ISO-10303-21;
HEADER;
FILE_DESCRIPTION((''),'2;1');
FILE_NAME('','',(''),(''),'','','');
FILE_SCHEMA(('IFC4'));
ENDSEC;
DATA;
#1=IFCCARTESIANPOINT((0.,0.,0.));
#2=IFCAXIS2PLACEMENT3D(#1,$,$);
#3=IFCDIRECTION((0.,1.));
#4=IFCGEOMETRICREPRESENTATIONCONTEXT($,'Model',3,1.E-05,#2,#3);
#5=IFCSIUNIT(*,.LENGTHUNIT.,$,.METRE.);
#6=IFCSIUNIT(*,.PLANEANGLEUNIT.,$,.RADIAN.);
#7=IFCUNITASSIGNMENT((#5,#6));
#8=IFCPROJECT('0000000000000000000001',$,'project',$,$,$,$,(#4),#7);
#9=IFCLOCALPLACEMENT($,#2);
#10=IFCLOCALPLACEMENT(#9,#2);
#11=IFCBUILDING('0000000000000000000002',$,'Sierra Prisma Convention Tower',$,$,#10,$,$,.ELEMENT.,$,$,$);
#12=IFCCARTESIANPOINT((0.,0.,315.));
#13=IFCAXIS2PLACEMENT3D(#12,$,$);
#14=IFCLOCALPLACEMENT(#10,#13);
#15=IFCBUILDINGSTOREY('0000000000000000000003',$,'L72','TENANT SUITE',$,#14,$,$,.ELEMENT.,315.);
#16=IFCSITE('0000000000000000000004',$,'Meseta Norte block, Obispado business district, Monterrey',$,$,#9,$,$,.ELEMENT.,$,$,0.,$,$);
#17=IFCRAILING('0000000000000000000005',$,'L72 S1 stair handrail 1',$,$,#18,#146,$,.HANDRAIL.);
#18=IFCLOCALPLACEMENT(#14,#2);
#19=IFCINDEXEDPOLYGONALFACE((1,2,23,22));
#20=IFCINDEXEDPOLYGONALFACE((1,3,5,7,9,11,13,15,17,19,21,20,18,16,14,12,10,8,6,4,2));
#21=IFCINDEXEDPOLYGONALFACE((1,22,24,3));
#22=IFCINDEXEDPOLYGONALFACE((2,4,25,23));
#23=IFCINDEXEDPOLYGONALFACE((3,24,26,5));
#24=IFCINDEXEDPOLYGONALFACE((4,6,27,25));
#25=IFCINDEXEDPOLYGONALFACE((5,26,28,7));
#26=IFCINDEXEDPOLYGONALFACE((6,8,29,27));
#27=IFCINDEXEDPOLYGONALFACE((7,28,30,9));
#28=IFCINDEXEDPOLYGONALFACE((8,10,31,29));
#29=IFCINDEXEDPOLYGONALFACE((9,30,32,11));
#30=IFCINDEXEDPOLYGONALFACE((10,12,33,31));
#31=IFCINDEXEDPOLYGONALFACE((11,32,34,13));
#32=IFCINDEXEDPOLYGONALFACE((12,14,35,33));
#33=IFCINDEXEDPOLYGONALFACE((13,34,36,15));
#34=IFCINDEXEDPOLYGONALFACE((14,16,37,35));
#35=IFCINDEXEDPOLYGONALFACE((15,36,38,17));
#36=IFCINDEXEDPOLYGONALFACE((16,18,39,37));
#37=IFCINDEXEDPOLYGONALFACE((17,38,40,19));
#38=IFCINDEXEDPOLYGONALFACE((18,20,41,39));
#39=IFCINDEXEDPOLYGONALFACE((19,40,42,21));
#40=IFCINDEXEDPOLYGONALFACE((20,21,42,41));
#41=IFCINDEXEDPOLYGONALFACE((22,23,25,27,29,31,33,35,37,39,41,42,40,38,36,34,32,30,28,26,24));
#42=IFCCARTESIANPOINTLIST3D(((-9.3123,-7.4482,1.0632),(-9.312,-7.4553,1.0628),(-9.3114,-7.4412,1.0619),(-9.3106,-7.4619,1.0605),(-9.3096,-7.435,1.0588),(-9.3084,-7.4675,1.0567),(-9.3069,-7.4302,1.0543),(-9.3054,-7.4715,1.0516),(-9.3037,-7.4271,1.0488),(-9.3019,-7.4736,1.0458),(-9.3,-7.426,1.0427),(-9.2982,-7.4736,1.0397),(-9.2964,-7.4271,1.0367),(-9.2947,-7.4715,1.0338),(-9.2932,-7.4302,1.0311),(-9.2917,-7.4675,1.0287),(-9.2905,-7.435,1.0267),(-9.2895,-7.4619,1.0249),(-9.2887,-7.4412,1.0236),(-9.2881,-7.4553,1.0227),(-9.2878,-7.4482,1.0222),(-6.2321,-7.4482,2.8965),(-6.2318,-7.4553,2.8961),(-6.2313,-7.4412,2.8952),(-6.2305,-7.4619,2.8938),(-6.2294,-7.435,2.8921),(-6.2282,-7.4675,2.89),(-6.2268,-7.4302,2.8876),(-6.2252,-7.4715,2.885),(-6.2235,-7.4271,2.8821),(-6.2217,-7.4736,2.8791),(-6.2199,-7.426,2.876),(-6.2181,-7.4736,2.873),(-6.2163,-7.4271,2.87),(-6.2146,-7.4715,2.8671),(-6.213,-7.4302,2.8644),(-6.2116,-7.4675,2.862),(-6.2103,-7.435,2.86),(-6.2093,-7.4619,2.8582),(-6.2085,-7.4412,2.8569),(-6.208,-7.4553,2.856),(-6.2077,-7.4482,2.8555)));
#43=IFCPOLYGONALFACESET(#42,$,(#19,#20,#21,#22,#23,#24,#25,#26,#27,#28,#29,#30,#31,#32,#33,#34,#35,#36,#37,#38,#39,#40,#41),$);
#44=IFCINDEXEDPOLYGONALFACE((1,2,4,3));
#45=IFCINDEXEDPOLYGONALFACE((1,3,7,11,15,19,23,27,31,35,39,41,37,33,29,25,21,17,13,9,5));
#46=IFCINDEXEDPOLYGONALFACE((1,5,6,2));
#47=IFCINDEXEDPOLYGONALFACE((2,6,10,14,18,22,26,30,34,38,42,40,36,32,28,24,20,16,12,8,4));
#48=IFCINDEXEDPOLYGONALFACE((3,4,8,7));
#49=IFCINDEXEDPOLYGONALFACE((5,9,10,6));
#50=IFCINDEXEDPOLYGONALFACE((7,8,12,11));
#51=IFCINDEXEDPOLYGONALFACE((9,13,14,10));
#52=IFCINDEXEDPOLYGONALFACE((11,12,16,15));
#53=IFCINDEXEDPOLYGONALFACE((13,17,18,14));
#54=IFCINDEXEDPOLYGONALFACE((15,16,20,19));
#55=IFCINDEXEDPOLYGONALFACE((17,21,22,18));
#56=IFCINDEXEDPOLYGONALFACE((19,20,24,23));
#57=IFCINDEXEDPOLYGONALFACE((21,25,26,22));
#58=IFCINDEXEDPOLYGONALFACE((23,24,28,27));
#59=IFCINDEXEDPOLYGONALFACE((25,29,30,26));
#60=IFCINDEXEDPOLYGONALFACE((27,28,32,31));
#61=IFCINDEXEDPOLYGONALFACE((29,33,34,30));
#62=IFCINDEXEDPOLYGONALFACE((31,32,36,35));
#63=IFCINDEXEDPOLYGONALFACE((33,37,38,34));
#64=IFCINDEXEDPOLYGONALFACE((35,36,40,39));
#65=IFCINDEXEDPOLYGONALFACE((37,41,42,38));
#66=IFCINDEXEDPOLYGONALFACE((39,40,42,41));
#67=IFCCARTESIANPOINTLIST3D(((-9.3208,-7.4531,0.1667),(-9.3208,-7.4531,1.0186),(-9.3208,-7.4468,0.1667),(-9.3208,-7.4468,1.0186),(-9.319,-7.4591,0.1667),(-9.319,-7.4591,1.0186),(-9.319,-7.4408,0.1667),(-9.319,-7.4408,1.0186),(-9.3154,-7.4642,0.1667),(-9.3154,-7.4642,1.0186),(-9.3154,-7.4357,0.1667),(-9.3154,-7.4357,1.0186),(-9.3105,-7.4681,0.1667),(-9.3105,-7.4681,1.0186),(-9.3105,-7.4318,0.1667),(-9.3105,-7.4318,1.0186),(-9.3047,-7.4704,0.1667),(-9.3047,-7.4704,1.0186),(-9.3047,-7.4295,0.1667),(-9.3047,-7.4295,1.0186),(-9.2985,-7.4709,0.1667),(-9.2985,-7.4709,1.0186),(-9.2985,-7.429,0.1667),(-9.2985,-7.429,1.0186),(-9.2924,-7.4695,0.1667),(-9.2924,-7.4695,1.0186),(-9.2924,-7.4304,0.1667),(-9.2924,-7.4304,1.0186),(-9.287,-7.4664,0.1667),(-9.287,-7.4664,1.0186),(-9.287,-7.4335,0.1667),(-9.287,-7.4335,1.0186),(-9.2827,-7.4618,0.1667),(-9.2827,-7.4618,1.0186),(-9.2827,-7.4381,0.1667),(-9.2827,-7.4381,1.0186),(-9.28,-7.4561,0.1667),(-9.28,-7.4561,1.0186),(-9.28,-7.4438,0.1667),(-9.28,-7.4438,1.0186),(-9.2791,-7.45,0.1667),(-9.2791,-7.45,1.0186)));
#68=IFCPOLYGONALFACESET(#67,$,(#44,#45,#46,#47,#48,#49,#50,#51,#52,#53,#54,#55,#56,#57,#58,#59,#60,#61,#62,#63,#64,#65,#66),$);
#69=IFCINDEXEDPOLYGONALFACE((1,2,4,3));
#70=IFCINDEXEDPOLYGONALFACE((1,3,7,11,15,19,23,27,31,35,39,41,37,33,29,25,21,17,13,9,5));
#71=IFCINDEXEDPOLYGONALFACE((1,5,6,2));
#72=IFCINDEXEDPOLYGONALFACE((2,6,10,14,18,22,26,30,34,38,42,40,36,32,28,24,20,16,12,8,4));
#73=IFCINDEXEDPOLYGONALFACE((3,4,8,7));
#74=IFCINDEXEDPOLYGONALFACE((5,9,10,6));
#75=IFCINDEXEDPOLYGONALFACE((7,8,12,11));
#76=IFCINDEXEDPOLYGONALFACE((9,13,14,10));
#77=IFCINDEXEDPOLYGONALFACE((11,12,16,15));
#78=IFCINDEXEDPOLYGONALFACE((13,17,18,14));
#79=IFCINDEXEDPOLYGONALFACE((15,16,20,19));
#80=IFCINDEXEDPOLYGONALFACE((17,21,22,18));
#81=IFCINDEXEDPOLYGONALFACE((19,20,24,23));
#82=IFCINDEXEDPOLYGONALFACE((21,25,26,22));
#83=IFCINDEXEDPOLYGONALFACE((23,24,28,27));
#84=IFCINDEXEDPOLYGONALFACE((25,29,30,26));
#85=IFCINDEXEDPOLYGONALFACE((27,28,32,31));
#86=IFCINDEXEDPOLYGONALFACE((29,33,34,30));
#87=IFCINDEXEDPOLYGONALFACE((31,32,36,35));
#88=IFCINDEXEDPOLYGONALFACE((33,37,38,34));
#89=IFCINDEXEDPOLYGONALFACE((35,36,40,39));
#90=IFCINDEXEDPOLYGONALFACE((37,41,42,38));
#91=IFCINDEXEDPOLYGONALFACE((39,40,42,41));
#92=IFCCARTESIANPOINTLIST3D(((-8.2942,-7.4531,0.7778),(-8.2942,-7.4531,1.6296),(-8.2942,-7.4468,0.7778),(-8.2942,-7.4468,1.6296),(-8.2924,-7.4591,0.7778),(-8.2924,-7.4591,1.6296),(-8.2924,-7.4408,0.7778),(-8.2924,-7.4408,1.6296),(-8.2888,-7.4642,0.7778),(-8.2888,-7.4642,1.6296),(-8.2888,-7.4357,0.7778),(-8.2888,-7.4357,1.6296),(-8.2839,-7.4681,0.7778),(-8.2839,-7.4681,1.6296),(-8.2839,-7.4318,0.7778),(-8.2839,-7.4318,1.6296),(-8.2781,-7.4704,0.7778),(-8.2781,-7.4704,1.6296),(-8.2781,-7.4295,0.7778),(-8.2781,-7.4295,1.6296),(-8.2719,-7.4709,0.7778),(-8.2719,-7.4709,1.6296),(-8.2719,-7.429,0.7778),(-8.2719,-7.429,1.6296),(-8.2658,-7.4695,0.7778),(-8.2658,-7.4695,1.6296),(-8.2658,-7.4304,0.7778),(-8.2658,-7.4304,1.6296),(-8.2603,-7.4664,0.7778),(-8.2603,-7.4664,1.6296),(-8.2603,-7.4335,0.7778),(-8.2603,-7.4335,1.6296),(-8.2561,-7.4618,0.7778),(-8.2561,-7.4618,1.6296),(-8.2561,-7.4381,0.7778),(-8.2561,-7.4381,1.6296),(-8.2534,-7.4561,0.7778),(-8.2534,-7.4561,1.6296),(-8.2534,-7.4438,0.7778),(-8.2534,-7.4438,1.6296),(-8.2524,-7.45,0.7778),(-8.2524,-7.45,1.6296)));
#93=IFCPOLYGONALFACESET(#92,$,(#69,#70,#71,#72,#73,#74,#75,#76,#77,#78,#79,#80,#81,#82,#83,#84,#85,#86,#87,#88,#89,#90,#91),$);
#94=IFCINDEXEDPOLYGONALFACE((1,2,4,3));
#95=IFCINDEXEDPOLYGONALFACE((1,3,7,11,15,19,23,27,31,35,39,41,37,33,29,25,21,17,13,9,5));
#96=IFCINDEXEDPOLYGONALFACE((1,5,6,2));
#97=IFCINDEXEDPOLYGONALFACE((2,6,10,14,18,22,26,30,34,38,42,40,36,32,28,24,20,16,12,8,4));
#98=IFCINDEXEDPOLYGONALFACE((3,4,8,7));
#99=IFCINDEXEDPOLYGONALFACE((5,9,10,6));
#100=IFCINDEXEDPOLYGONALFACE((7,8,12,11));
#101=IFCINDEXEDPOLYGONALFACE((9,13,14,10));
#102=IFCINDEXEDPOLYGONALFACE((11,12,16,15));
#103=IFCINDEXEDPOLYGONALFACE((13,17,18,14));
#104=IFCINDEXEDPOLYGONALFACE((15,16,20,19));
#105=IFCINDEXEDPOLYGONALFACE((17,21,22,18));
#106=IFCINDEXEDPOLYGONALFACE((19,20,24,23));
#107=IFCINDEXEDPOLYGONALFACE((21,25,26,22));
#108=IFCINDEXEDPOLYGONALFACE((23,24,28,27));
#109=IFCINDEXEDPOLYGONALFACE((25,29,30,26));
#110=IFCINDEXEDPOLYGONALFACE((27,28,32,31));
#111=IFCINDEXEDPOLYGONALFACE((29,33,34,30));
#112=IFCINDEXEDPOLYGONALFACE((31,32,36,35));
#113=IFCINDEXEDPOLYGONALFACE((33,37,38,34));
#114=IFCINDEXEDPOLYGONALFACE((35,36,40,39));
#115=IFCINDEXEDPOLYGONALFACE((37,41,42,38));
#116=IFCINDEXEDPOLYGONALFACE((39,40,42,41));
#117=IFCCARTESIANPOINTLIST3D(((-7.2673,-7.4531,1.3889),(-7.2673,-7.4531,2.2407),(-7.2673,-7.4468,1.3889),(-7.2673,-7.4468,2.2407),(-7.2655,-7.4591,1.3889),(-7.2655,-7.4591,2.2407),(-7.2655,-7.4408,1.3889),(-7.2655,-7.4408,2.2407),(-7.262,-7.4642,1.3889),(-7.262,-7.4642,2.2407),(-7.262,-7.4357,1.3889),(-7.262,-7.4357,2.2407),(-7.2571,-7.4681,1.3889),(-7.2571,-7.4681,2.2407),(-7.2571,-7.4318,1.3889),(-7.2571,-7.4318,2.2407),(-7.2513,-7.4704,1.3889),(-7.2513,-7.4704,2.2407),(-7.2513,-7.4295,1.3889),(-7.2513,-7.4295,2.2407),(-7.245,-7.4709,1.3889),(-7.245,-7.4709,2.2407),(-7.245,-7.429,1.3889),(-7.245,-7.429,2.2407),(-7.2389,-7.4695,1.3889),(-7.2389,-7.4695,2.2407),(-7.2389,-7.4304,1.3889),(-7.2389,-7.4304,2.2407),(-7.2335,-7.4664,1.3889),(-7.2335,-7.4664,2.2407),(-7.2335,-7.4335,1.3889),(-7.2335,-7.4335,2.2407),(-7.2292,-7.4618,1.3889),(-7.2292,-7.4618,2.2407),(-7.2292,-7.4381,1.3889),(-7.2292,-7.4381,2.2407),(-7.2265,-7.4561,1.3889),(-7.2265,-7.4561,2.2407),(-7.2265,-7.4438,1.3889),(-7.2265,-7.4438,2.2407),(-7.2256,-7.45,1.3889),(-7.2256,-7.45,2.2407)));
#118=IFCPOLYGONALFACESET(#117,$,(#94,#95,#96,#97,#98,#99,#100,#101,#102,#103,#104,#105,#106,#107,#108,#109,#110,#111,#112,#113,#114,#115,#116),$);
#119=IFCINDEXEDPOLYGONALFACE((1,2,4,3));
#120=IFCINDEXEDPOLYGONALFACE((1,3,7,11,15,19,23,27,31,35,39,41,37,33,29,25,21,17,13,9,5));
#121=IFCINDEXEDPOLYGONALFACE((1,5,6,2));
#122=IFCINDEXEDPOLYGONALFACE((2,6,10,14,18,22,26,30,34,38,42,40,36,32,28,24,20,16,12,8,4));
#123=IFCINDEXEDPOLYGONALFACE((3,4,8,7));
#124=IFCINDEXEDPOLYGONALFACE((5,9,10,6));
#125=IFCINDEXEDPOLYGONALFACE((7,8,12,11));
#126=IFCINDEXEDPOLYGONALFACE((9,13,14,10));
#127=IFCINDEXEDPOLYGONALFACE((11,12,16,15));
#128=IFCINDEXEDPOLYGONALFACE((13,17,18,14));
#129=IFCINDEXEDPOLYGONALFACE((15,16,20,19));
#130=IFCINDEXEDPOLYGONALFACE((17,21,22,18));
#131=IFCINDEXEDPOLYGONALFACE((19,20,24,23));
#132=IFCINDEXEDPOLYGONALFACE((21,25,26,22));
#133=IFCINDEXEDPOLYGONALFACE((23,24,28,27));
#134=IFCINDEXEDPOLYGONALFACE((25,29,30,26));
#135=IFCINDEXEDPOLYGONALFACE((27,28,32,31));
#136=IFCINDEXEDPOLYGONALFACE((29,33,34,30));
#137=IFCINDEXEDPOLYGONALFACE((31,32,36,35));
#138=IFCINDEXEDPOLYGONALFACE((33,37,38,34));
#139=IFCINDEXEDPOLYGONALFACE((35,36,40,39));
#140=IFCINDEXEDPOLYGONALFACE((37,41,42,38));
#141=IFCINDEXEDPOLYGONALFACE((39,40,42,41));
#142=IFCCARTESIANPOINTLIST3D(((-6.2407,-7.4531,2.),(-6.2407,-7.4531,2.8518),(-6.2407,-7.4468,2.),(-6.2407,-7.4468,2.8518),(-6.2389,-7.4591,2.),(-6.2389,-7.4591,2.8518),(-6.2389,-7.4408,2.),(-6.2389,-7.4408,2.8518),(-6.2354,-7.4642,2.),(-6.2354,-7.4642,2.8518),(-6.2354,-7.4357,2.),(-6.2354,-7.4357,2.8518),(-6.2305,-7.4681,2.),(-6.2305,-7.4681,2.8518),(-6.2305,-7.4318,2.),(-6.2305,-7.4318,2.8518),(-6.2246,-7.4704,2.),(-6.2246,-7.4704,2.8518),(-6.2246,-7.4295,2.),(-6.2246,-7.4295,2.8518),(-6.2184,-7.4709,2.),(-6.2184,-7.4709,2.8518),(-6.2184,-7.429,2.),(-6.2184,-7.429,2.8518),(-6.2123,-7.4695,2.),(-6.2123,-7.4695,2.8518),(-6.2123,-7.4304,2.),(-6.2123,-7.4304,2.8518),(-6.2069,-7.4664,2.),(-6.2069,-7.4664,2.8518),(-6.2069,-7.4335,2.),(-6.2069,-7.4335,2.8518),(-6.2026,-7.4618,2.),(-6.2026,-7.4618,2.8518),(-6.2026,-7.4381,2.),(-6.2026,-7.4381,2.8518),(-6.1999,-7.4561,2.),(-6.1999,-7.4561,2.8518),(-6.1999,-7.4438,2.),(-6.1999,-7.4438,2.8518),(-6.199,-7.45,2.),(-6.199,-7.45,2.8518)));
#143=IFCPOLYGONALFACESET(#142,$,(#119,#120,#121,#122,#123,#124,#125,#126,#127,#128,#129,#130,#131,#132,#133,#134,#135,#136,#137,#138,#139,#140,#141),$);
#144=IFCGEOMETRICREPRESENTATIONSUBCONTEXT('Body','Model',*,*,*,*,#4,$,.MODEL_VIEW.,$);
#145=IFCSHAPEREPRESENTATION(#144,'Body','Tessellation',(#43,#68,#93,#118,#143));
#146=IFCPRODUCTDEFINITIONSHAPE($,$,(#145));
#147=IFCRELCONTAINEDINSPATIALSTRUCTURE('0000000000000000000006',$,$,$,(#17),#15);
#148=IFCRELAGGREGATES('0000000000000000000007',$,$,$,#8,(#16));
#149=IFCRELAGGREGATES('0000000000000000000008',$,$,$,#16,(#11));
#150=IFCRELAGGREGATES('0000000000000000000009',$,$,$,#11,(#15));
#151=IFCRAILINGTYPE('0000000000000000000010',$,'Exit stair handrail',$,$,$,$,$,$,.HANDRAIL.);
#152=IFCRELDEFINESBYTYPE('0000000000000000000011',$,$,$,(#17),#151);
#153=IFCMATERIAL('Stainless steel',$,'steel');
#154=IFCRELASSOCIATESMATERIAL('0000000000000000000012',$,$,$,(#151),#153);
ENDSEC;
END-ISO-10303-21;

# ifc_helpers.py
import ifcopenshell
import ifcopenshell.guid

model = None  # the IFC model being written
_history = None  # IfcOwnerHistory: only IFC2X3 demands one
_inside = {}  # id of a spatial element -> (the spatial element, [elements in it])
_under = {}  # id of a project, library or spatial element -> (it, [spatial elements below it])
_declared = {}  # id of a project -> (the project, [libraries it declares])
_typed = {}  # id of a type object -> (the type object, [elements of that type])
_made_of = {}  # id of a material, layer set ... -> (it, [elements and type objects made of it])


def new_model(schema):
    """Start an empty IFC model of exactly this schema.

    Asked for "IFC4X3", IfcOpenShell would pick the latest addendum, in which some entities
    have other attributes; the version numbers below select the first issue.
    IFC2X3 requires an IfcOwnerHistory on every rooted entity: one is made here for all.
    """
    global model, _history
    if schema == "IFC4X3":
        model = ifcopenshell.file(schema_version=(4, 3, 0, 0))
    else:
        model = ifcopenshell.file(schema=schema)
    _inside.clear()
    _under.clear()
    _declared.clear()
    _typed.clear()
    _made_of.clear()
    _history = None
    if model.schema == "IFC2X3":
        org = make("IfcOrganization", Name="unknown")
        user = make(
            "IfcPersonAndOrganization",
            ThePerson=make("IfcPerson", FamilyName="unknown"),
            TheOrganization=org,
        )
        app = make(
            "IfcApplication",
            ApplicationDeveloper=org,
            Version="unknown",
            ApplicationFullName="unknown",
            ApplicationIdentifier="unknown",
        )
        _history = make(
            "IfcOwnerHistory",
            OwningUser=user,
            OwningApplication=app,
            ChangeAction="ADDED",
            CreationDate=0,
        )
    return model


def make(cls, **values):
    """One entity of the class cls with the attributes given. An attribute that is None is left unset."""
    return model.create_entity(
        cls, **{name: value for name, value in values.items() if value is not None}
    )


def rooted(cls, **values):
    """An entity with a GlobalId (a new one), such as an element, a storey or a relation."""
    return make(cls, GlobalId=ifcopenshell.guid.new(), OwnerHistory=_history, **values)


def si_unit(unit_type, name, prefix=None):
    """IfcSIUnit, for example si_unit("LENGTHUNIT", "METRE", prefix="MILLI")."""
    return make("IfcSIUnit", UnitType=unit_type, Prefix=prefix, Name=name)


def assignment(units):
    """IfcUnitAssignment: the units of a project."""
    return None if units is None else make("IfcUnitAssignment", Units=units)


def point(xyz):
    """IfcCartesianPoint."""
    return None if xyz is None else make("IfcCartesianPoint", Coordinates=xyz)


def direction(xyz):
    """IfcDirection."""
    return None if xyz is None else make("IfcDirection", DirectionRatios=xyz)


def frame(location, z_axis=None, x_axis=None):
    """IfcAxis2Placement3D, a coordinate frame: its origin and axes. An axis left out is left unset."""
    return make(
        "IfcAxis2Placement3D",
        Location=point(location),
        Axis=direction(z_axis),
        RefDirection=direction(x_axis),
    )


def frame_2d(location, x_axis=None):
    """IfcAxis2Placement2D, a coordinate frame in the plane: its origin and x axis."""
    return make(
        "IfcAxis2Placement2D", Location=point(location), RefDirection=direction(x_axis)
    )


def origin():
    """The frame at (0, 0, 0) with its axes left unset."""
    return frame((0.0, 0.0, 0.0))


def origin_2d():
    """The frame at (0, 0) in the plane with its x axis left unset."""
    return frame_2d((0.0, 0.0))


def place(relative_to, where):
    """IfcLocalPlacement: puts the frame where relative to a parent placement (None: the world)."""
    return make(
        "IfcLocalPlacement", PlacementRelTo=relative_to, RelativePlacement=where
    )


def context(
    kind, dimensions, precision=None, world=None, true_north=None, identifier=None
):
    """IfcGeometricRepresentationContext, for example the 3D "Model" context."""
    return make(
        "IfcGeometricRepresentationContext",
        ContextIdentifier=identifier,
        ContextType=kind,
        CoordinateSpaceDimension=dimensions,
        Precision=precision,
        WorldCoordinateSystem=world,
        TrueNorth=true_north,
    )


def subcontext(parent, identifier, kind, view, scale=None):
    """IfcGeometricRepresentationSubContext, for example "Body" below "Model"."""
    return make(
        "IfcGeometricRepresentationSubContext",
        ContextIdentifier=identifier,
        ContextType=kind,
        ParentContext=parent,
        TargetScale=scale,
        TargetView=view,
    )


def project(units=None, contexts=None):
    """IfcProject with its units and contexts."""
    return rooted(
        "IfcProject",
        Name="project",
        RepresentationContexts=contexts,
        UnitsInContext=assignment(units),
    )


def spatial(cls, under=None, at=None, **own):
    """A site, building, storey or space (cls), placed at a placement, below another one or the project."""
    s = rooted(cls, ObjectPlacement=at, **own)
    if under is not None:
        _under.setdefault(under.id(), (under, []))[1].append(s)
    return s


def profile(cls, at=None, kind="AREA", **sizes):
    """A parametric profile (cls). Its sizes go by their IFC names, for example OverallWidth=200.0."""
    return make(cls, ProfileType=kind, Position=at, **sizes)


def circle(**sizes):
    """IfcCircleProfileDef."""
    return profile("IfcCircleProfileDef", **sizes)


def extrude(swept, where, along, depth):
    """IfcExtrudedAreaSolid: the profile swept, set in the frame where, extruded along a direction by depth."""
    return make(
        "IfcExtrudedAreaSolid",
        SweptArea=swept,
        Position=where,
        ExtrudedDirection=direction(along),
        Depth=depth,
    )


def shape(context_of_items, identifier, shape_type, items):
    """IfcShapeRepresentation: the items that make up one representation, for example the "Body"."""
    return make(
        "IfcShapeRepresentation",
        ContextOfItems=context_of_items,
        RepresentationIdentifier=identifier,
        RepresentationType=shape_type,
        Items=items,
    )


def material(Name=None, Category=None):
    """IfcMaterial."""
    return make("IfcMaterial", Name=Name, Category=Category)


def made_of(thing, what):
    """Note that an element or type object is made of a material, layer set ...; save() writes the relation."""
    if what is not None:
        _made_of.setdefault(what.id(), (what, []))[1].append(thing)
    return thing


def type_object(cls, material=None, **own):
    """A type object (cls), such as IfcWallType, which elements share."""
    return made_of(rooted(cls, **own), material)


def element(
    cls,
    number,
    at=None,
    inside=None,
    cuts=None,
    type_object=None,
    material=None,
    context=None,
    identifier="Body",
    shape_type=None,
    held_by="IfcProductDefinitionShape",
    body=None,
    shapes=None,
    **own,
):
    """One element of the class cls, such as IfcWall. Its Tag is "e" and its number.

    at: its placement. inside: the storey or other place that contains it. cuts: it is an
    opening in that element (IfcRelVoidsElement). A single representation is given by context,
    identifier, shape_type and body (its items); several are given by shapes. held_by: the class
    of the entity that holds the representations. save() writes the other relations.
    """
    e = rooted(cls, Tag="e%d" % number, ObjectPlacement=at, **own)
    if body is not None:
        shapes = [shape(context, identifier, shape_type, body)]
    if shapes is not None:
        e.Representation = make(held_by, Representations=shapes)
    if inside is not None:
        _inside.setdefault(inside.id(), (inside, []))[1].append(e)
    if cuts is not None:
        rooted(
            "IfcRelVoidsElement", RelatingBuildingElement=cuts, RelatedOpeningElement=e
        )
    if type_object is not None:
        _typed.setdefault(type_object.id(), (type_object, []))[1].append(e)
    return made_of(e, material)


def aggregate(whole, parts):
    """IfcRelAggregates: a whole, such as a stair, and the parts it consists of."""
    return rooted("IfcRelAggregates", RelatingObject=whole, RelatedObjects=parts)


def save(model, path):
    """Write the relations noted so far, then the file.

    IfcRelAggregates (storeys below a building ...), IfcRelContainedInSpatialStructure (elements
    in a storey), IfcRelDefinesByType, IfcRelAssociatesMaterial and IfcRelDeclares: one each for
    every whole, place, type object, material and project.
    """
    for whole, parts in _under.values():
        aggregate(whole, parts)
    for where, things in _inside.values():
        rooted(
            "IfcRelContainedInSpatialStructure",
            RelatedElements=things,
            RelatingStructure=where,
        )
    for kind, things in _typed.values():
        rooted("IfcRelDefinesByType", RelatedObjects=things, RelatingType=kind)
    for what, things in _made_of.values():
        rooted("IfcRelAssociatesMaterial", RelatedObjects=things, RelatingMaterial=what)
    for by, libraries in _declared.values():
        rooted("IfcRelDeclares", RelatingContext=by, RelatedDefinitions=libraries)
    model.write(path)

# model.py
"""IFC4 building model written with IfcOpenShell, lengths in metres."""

from ifc_helpers import new_model, si_unit, direction, frame, origin, origin_2d, place, context, subcontext, project, spatial, circle, extrude, material, type_object, element, save


model = new_model("IFC4")

# Units and contexts
model_context = context("Model", 3, precision=1e-05, world=origin(), true_north=direction((0.0, 1.0)))
body_context = subcontext(model_context, "Body", "Model", "MODEL_VIEW")
ifc_project = project(units=[si_unit("LENGTHUNIT", "METRE"), si_unit("PLANEANGLEUNIT", "RADIAN")], contexts=[model_context])

# Site, building, storey
site_placement = place(None, origin())
site = spatial("IfcSite", under=ifc_project, at=site_placement, Name="Meseta Norte block, Obispado business district, Monterrey", CompositionType="ELEMENT", RefElevation=0.0)
building_placement = place(site_placement, origin())
building = spatial("IfcBuilding", under=site, at=building_placement, Name="Sierra Prisma Convention Tower", CompositionType="ELEMENT")
storey_placement = place(building_placement, frame((0.0, 0.0, 315.0)))
storey = spatial("IfcBuildingStorey", under=building, at=storey_placement, Name="L72", Description="TENANT SUITE", CompositionType="ELEMENT", Elevation=315.0)

# Railing
ifc_material_1 = material(Name="Stainless steel", Category="steel")
railing_type_1 = type_object("IfcRailingType", Name="Exit stair handrail", PredefinedType="HANDRAIL", material=ifc_material_1)
railing_1_placement = place(storey_placement, frame((-9.3, -7.45, 0.1667)))
element("IfcRailing", 1, at=railing_1_placement, inside=storey, type_object=railing_type_1, Name="L72 S1 stair handrail 1", PredefinedType="HANDRAIL", context=body_context, shape_type="SweptSolid", body=[
    extrude(circle(Radius=0.0239, at=origin_2d()), frame((0.0, 0.0, 0.876), z_axis=(0.859309, 0.0, 0.511458), x_axis=(0.0, 1.0, 0.0)), (0.0, 0.0, 1.0), 3.5845),
    extrude(circle(Radius=0.021, at=origin_2d()), origin(), (0.0, 0.0, 1.0), 0.8518),
    extrude(circle(Radius=0.021, at=origin_2d()), frame((1.0266, 0.0, 0.6111)), (0.0, 0.0, 1.0), 0.8518),
    extrude(circle(Radius=0.021, at=origin_2d()), frame((2.0535, 0.0, 1.2222)), (0.0, 0.0, 1.0), 0.8518),
    extrude(circle(Radius=0.021, at=origin_2d()), frame((3.0801, 0.0, 1.8333)), (0.0, 0.0, 1.0), 0.8518),
])

save(model, "model.ifc")
